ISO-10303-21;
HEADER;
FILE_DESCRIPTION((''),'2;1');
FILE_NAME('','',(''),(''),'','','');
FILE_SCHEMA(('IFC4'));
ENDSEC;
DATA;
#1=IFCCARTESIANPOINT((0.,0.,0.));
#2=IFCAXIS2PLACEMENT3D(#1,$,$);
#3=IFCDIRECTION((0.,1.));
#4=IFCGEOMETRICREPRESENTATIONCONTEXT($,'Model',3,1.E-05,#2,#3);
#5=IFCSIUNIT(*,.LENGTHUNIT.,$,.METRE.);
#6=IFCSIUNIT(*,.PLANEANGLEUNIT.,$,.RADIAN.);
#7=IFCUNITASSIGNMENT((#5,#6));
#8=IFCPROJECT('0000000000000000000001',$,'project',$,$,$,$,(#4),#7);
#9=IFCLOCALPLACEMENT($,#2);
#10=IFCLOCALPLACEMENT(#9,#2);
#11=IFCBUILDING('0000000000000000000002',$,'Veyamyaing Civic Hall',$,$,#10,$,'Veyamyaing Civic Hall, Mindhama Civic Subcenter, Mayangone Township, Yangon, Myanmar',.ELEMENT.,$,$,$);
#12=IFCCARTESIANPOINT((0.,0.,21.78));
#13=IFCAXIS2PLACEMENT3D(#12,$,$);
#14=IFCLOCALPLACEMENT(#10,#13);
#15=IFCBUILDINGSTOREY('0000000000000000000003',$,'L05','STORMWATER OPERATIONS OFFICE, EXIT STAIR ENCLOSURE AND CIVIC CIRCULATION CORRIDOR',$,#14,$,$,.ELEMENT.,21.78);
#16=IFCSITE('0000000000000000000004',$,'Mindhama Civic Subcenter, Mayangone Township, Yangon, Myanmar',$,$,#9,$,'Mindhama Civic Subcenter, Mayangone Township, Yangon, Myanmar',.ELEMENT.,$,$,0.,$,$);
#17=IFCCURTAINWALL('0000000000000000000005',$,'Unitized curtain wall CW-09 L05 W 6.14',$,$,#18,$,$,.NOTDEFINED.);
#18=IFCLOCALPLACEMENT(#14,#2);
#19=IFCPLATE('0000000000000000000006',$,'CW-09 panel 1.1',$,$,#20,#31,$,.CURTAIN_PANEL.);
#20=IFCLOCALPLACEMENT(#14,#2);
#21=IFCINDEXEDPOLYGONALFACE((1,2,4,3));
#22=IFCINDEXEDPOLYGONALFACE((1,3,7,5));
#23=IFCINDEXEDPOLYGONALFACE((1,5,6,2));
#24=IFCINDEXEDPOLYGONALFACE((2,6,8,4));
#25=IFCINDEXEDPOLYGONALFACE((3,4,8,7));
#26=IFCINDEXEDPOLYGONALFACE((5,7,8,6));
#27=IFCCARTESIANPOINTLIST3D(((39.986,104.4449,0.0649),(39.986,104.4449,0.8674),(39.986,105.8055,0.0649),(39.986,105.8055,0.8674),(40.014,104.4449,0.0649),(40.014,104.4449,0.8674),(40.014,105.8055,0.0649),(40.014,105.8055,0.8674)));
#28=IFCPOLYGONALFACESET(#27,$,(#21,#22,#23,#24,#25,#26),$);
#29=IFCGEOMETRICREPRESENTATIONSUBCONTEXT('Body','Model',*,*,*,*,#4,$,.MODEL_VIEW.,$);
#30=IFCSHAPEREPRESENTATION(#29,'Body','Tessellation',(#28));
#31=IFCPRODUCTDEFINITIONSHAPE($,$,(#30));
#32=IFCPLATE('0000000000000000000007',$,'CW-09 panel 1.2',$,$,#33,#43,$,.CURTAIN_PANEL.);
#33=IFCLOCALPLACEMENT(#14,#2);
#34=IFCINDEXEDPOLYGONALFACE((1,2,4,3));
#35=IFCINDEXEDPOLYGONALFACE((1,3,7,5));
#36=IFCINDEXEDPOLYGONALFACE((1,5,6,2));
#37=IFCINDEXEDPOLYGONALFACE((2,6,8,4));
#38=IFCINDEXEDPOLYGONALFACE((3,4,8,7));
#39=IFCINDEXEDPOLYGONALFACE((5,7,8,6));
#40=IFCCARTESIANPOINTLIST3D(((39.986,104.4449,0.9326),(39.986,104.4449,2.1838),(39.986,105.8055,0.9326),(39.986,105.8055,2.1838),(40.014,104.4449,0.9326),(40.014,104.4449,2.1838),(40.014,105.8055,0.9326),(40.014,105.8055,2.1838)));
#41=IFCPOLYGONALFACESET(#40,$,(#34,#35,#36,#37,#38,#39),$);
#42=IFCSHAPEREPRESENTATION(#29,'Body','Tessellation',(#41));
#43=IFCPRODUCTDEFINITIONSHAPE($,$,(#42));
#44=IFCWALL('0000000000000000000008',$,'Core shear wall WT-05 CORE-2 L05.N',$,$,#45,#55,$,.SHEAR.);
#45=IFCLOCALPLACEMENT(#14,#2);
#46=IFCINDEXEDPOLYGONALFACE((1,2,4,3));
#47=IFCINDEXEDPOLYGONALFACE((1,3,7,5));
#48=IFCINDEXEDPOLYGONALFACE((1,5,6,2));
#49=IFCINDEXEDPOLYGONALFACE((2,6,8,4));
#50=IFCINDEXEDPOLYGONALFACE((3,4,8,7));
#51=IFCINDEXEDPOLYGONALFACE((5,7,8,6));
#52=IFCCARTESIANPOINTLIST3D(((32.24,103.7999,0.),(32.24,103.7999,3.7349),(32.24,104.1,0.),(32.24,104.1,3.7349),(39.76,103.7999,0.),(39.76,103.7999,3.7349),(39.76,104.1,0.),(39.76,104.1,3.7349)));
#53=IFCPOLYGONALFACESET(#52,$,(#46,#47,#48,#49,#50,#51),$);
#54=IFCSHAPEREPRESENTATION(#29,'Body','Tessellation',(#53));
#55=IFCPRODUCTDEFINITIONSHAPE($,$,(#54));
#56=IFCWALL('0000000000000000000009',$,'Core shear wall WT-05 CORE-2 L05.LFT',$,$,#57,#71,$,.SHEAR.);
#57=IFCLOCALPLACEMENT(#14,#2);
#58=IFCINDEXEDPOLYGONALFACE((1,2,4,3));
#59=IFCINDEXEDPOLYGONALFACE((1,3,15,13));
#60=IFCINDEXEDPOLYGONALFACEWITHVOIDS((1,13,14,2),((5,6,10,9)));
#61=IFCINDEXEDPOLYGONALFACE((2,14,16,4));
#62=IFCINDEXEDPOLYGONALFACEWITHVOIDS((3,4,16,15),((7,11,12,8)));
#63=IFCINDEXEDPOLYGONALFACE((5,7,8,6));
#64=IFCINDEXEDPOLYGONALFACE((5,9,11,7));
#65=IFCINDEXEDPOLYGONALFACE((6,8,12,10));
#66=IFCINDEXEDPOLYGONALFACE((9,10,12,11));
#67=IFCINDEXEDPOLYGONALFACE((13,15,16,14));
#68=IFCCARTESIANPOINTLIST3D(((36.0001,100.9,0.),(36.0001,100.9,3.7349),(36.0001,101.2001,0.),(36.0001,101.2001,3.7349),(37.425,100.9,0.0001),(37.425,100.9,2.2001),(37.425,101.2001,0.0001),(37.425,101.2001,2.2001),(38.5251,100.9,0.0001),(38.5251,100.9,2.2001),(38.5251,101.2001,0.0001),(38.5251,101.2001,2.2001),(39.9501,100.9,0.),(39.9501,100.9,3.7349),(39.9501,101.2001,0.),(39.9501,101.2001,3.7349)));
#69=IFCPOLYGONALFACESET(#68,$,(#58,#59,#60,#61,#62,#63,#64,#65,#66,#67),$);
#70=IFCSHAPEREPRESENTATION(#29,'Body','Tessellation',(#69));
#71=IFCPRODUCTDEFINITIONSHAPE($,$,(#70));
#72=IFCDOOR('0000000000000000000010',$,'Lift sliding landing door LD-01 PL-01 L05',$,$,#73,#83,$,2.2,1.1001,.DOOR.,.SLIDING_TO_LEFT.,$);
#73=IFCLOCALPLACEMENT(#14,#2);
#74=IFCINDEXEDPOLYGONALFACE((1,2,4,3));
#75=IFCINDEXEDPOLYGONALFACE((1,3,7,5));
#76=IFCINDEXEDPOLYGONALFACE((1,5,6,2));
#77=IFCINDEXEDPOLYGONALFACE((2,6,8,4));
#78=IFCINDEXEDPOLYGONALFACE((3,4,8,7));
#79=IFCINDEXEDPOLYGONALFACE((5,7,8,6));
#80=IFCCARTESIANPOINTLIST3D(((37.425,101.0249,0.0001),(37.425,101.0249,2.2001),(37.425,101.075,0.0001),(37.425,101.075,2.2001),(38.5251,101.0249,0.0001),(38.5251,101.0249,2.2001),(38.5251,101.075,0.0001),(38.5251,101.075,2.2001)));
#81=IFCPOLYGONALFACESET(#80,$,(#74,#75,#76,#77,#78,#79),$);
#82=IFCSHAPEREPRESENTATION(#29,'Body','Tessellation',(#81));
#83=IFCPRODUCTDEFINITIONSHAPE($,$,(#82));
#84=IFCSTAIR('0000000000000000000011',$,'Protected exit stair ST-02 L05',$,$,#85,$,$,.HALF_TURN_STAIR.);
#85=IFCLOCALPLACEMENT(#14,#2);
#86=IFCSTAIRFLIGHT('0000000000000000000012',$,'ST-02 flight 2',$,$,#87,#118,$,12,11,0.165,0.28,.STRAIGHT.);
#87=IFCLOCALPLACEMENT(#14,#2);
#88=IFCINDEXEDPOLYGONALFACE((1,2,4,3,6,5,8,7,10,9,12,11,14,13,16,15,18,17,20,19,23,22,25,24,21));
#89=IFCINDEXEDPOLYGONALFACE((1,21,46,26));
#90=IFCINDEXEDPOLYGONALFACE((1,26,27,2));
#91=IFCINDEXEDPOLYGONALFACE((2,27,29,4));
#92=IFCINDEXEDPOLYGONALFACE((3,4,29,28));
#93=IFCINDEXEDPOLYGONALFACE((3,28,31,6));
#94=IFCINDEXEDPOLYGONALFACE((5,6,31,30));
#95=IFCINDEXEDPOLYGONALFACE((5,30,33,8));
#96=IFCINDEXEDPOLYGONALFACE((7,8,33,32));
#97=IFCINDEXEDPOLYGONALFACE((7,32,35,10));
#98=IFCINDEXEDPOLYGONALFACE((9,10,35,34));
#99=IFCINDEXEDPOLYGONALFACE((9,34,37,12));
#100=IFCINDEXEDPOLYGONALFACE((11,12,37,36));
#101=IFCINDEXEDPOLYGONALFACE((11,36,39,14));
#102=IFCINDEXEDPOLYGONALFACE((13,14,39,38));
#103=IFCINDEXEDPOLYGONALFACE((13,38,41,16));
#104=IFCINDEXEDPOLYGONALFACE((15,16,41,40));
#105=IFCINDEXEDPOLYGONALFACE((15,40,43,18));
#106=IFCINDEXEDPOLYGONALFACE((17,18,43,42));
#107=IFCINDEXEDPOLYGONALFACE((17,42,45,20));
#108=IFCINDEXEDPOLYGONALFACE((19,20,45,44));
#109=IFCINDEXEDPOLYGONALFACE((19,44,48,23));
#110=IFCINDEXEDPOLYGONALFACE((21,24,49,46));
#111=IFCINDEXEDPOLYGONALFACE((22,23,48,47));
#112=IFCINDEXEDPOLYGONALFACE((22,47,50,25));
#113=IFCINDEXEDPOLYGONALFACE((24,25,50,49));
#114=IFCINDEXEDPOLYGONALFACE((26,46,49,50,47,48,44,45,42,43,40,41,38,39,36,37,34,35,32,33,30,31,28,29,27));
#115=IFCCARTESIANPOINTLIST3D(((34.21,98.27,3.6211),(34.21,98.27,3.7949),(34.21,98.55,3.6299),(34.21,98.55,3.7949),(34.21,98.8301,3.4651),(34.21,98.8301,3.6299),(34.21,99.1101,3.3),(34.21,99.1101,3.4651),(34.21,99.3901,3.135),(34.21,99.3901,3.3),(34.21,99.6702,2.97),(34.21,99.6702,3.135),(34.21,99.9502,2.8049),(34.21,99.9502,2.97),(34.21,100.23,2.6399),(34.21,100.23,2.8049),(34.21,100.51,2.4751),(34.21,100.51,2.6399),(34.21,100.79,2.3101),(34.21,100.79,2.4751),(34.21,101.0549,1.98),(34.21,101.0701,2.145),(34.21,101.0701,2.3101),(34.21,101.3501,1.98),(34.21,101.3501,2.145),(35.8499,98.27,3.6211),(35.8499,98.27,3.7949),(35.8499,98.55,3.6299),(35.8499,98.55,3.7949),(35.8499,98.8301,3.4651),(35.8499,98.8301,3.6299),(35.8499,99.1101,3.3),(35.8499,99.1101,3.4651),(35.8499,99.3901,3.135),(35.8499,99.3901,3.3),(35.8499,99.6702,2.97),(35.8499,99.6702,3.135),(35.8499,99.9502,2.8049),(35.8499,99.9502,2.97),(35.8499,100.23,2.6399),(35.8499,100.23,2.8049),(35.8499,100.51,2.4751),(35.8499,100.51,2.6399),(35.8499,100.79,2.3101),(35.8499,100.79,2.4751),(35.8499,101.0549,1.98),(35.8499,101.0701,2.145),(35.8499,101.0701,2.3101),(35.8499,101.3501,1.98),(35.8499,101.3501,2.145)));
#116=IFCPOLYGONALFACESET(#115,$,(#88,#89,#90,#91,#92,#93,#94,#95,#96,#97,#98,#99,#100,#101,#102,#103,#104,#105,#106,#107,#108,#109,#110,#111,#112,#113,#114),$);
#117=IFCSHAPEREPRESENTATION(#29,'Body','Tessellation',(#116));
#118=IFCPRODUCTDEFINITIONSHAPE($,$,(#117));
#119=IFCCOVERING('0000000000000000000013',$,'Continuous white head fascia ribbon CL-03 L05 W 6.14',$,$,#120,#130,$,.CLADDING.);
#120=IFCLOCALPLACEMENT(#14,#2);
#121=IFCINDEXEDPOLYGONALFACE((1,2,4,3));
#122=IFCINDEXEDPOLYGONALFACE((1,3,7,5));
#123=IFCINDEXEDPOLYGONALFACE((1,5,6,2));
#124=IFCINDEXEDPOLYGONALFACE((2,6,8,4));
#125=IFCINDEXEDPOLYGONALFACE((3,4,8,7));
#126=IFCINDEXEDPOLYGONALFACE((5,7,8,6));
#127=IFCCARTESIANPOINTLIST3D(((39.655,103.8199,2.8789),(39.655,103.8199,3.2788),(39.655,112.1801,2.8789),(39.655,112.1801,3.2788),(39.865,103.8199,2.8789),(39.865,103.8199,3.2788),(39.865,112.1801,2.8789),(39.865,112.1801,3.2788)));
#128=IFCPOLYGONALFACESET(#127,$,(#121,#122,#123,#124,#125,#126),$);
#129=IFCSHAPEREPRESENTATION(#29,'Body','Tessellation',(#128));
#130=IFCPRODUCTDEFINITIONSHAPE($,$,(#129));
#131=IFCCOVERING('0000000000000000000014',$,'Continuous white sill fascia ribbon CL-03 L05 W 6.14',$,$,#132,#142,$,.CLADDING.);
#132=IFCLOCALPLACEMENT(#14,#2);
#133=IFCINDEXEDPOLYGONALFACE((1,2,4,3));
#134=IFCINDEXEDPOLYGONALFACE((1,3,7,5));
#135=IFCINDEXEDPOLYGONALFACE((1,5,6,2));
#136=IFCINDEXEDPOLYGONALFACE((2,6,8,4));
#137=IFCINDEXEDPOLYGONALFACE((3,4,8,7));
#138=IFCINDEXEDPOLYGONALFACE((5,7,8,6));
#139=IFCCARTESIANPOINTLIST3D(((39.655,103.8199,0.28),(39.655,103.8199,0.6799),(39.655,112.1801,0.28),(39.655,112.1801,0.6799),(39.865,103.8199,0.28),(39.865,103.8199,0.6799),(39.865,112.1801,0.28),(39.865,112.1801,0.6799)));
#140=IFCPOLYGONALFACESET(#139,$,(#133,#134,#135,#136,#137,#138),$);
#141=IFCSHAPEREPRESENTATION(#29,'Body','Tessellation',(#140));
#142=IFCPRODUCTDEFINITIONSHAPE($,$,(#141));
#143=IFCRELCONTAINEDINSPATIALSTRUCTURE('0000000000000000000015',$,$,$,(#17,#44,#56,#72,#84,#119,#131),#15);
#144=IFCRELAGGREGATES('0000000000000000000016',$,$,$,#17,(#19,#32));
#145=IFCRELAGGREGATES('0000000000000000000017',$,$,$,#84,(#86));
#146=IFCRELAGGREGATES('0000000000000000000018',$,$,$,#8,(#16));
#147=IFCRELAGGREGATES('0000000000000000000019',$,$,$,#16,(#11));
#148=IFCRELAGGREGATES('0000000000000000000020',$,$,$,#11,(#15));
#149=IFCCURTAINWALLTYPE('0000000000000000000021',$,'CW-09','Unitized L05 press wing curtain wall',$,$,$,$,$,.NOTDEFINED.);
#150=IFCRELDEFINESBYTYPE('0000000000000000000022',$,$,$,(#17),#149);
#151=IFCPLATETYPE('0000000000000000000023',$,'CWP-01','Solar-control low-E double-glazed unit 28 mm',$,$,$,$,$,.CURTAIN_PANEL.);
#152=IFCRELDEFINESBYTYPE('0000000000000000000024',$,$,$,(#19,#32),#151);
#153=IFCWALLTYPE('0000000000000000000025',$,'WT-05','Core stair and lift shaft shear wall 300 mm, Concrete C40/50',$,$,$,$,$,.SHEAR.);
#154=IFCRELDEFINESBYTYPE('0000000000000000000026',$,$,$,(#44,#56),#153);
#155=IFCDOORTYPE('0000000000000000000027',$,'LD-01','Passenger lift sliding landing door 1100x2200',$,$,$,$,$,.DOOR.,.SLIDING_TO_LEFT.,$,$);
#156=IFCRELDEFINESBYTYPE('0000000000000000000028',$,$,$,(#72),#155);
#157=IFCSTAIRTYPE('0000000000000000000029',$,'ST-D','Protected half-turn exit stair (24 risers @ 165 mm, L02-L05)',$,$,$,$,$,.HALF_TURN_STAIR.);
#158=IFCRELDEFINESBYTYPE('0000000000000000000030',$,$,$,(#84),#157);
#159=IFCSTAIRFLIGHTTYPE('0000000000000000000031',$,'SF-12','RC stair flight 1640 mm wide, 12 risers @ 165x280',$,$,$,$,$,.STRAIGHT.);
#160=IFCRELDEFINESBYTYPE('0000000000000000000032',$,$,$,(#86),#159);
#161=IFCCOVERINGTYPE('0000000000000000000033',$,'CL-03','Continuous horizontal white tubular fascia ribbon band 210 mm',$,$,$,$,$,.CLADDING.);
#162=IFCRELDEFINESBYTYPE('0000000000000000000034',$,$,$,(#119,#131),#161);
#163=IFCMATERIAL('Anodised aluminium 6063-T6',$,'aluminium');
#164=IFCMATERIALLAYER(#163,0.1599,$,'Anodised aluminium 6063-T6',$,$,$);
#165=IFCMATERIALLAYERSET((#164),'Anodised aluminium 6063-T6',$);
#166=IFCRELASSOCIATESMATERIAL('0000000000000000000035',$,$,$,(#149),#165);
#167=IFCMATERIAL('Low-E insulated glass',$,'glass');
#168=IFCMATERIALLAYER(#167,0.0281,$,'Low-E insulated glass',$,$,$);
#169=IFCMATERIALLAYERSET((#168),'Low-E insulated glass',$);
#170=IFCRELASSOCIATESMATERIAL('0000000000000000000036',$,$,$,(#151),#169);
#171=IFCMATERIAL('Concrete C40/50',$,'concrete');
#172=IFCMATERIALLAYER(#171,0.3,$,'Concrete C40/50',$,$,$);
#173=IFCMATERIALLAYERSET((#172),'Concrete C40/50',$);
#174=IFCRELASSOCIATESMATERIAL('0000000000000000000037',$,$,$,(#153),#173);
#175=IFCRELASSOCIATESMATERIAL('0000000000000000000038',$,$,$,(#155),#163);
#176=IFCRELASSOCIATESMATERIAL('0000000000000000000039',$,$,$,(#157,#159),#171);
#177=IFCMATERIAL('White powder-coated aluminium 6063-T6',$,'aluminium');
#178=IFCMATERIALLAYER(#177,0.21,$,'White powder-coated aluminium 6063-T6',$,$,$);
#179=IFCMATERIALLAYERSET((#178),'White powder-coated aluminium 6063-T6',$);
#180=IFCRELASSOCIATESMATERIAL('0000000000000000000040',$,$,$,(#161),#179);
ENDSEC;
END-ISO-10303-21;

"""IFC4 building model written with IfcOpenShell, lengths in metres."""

from ifc_helpers import new_model, si_unit, direction, frame, frame_2d, origin, origin_2d, place, context, subcontext, project, spatial, polyline, rectangle, outline, extrude, material, layer, layer_set, type_object, element, fill, aggregate, save


model = new_model("IFC4")

# Units and contexts
model_context = context("Model", 3, precision=1e-05, world=origin(), true_north=direction((0.0, 1.0)))
body_context = subcontext(model_context, "Body", "Model", "MODEL_VIEW")
ifc_project = project(units=[si_unit("LENGTHUNIT", "METRE"), si_unit("PLANEANGLEUNIT", "RADIAN")], contexts=[model_context])

# Site, building, storey
site_placement = place(None, origin())
site = spatial("IfcSite", under=ifc_project, at=site_placement, Name="Mindhama Civic Subcenter, Mayangone Township, Yangon, Myanmar", LongName="Mindhama Civic Subcenter, Mayangone Township, Yangon, Myanmar", CompositionType="ELEMENT", RefElevation=0.0)
building_placement = place(site_placement, origin())
building = spatial("IfcBuilding", under=site, at=building_placement, Name="Veyamyaing Civic Hall", LongName="Veyamyaing Civic Hall, Mindhama Civic Subcenter, Mayangone Township, Yangon, Myanmar", CompositionType="ELEMENT")
storey_placement = place(building_placement, frame((0.0, 0.0, 21.78)))
storey = spatial("IfcBuildingStorey", under=building, at=storey_placement, Name="L05", Description="STORMWATER OPERATIONS OFFICE, EXIT STAIR ENCLOSURE AND CIVIC CIRCULATION CORRIDOR", CompositionType="ELEMENT", Elevation=21.78)

# Curtain wall, plates
ifc_material_1 = material(Name="Anodised aluminium 6063-T6", Category="aluminium")
ifc_layer_1 = layer(ifc_material_1, 0.1599, Name="Anodised aluminium 6063-T6")
ifc_layer_set_1 = layer_set([ifc_layer_1], Name="Anodised aluminium 6063-T6")
curtain_wall_type = type_object("IfcCurtainWallType", Name="CW-09", Description="Unitized L05 press wing curtain wall", PredefinedType="NOTDEFINED", material=ifc_layer_set_1)
curtain_wall_placement = place(storey_placement, origin())
curtain_wall = element("IfcCurtainWall", 1, at=curtain_wall_placement, inside=storey, type_object=curtain_wall_type, Name="Unitized curtain wall CW-09 L05 W 6.14", PredefinedType="NOTDEFINED")
ifc_material_2 = material(Name="Low-E insulated glass", Category="glass")
ifc_layer_2 = layer(ifc_material_2, 0.0281, Name="Low-E insulated glass")
ifc_layer_set_2 = layer_set([ifc_layer_2], Name="Low-E insulated glass")
plate_type = type_object("IfcPlateType", Name="CWP-01", Description="Solar-control low-E double-glazed unit 28 mm", PredefinedType="CURTAIN_PANEL", material=ifc_layer_set_2)
plate_1_placement = place(storey_placement, frame((40.0, 105.1252, 0.0649), z_axis=(0.0, 0.0, 1.0), x_axis=(0.0, 1.0, 0.0)))
plate_1 = element("IfcPlate", 2, at=plate_1_placement, type_object=plate_type, Name="CW-09 panel 1.1", PredefinedType="CURTAIN_PANEL", context=body_context, shape_type="SweptSolid", body=[
    extrude(rectangle(XDim=1.3606, YDim=0.0281, at=origin_2d()), origin(), (0.0, 0.0, 1.0), 0.8025),
])
plate_2_placement = place(storey_placement, frame((40.0, 105.1252, 0.9326), z_axis=(0.0, 0.0, 1.0), x_axis=(0.0, 1.0, 0.0)))
plate_2 = element("IfcPlate", 3, at=plate_2_placement, type_object=plate_type, Name="CW-09 panel 1.2", PredefinedType="CURTAIN_PANEL", context=body_context, shape_type="SweptSolid", body=[
    extrude(rectangle(XDim=1.3606, YDim=0.0281, at=origin_2d()), origin(), (0.0, 0.0, 1.0), 1.2512),
])
aggregate(curtain_wall, [plate_1, plate_2])

# Wall
ifc_material_3 = material(Name="Concrete C40/50", Category="concrete")
ifc_layer_3 = layer(ifc_material_3, 0.3, Name="Concrete C40/50")
ifc_layer_set_3 = layer_set([ifc_layer_3], Name="Concrete C40/50")
wall_type = type_object("IfcWallType", Name="WT-05", Description="Core stair and lift shaft shear wall 300 mm, Concrete C40/50", PredefinedType="SHEAR", material=ifc_layer_set_3)
wall_1_placement = place(storey_placement, frame((32.24, 103.95, 0.0), z_axis=(0.0, 0.0, 1.0), x_axis=(1.0, 0.0, 0.0)))
element("IfcWall", 4, at=wall_1_placement, inside=storey, type_object=wall_type, Name="Core shear wall WT-05 CORE-2 L05.N", PredefinedType="SHEAR", context=body_context, shape_type="SweptSolid", body=[
    extrude(rectangle(XDim=7.52, YDim=0.3, at=frame_2d((3.76, 0.0))), origin(), (0.0, 0.0, 1.0), 3.7349),
])

# Wall, opening, door
wall_2_placement = place(storey_placement, frame((36.0, 101.05, 0.0), z_axis=(0.0, 0.0, 1.0), x_axis=(1.0, 0.0, 0.0)))
wall_2 = element("IfcWall", 5, at=wall_2_placement, inside=storey, type_object=wall_type, Name="Core shear wall WT-05 CORE-2 L05.LFT", PredefinedType="SHEAR", context=body_context, shape_type="SweptSolid", body=[
    extrude(rectangle(XDim=3.95, YDim=0.3, at=frame_2d((1.9751, 0.0))), origin(), (0.0, 0.0, 1.0), 3.7349),
])
opening_placement = place(wall_2_placement, frame((1.425, 0.0, 0.0)))
opening = element("IfcOpeningElement", 6, at=opening_placement, cuts=wall_2, PredefinedType="OPENING", context=body_context, shape_type="SweptSolid", body=[
    extrude(rectangle(XDim=1.1001, YDim=2.2, at=frame_2d((0.55, 1.1001))), frame((0.0, 0.1599, 0.0), z_axis=(0.0, -1.0, 0.0), x_axis=(1.0, 0.0, 0.0)), (0.0, 0.0, 1.0), 0.3201),
])
door_type = type_object("IfcDoorType", Name="LD-01", Description="Passenger lift sliding landing door 1100x2200", OperationType="SLIDING_TO_LEFT", PredefinedType="DOOR", material=ifc_material_1)
door_placement = place(opening_placement, origin())
door = element("IfcDoor", 7, at=door_placement, inside=storey, type_object=door_type, Name="Lift sliding landing door LD-01 PL-01 L05", OperationType="SLIDING_TO_LEFT", OverallHeight=2.2, OverallWidth=1.1001, PredefinedType="DOOR", context=body_context, shape_type="SweptSolid", body=[
    extrude(rectangle(XDim=1.1001, YDim=2.2, at=frame_2d((0.55, 1.1001))), frame((0.0, 0.0249, 0.0), z_axis=(0.0, -1.0, 0.0), x_axis=(1.0, 0.0, 0.0)), (0.0, 0.0, 1.0), 0.05),
])
fill(opening, door)

# Stair, stair flight
stair_type = type_object("IfcStairType", Name="ST-D", Description="Protected half-turn exit stair (24 risers @ 165 mm, L02-L05)", PredefinedType="HALF_TURN_STAIR", material=ifc_material_3)
stair_placement = place(storey_placement, origin())
stair = element("IfcStair", 8, at=stair_placement, inside=storey, type_object=stair_type, Name="Protected exit stair ST-02 L05", PredefinedType="HALF_TURN_STAIR")
stair_flight_type = type_object("IfcStairFlightType", Name="SF-12", Description="RC stair flight 1640 mm wide, 12 risers @ 165x280", PredefinedType="STRAIGHT", material=ifc_material_3)
stair_flight_placement = place(storey_placement, frame((35.03, 101.3501, 1.98), z_axis=(0.0, 0.0, 1.0), x_axis=(0.0, -1.0, 0.0)))
stair_flight = element("IfcStairFlight", 9, at=stair_flight_placement, type_object=stair_flight_type, Name="ST-02 flight 2", NumberOfRisers=12, NumberOfTreads=11, PredefinedType="STRAIGHT", RiserHeight=0.165, TreadLength=0.28, context=body_context, shape_type="SweptSolid", body=[
    extrude(outline(polyline([(0.0, 0.0), (0.0, 0.165), (0.28, 0.165), (0.28, 0.3301), (0.5601, 0.3301), (0.5601, 0.4951), (0.8401, 0.4951), (0.8401, 0.6599), (1.1201, 0.6599), (1.1201, 0.825), (1.3999, 0.825), (1.3999, 0.99), (1.6799, 0.99), (1.6799, 1.155), (1.96, 1.155), (1.96, 1.3201), (2.24, 1.3201), (2.24, 1.4851), (2.52, 1.4851), (2.52, 1.6499), (2.8, 1.6499), (2.8, 1.8149), (3.0801, 1.8149), (3.0801, 1.98), (3.0801, 1.6411), (0.2952, 0.0), (0.0, 0.0)])), frame((0.0, 0.8198, 0.0), z_axis=(0.0, -1.0, 0.0), x_axis=(1.0, 0.0, 0.0)), (0.0, 0.0, 1.0), 1.6399),
])
aggregate(stair, [stair_flight])

# Coverings
ifc_material_4 = material(Name="White powder-coated aluminium 6063-T6", Category="aluminium")
ifc_layer_4 = layer(ifc_material_4, 0.21, Name="White powder-coated aluminium 6063-T6")
ifc_layer_set_4 = layer_set([ifc_layer_4], Name="White powder-coated aluminium 6063-T6")
covering_type = type_object("IfcCoveringType", Name="CL-03", Description="Continuous horizontal white tubular fascia ribbon band 210 mm", PredefinedType="CLADDING", material=ifc_layer_set_4)
for number, where, z_axis, x_axis, name in (
    (10, (39.76, 108.0, 2.8789), (0.0, 0.0, 1.0), (0.0, 1.0, 0.0), "Continuous white head fascia ribbon CL-03 L05 W 6.14"),
    (11, (39.76, 108.0, 0.28), (0.0, 0.0, 1.0), (0.0, 1.0, 0.0), "Continuous white sill fascia ribbon CL-03 L05 W 6.14"),
):
    element("IfcCovering", number, at=place(storey_placement, frame(where, z_axis=z_axis, x_axis=x_axis)), inside=storey, type_object=covering_type, Name=name, PredefinedType="CLADDING", context=body_context, shape_type="SweptSolid", body=[
        extrude(rectangle(XDim=8.3601, YDim=0.21, at=origin_2d()), origin(), (0.0, 0.0, 1.0), 0.3999),
    ])

save(model, "model.ifc")
